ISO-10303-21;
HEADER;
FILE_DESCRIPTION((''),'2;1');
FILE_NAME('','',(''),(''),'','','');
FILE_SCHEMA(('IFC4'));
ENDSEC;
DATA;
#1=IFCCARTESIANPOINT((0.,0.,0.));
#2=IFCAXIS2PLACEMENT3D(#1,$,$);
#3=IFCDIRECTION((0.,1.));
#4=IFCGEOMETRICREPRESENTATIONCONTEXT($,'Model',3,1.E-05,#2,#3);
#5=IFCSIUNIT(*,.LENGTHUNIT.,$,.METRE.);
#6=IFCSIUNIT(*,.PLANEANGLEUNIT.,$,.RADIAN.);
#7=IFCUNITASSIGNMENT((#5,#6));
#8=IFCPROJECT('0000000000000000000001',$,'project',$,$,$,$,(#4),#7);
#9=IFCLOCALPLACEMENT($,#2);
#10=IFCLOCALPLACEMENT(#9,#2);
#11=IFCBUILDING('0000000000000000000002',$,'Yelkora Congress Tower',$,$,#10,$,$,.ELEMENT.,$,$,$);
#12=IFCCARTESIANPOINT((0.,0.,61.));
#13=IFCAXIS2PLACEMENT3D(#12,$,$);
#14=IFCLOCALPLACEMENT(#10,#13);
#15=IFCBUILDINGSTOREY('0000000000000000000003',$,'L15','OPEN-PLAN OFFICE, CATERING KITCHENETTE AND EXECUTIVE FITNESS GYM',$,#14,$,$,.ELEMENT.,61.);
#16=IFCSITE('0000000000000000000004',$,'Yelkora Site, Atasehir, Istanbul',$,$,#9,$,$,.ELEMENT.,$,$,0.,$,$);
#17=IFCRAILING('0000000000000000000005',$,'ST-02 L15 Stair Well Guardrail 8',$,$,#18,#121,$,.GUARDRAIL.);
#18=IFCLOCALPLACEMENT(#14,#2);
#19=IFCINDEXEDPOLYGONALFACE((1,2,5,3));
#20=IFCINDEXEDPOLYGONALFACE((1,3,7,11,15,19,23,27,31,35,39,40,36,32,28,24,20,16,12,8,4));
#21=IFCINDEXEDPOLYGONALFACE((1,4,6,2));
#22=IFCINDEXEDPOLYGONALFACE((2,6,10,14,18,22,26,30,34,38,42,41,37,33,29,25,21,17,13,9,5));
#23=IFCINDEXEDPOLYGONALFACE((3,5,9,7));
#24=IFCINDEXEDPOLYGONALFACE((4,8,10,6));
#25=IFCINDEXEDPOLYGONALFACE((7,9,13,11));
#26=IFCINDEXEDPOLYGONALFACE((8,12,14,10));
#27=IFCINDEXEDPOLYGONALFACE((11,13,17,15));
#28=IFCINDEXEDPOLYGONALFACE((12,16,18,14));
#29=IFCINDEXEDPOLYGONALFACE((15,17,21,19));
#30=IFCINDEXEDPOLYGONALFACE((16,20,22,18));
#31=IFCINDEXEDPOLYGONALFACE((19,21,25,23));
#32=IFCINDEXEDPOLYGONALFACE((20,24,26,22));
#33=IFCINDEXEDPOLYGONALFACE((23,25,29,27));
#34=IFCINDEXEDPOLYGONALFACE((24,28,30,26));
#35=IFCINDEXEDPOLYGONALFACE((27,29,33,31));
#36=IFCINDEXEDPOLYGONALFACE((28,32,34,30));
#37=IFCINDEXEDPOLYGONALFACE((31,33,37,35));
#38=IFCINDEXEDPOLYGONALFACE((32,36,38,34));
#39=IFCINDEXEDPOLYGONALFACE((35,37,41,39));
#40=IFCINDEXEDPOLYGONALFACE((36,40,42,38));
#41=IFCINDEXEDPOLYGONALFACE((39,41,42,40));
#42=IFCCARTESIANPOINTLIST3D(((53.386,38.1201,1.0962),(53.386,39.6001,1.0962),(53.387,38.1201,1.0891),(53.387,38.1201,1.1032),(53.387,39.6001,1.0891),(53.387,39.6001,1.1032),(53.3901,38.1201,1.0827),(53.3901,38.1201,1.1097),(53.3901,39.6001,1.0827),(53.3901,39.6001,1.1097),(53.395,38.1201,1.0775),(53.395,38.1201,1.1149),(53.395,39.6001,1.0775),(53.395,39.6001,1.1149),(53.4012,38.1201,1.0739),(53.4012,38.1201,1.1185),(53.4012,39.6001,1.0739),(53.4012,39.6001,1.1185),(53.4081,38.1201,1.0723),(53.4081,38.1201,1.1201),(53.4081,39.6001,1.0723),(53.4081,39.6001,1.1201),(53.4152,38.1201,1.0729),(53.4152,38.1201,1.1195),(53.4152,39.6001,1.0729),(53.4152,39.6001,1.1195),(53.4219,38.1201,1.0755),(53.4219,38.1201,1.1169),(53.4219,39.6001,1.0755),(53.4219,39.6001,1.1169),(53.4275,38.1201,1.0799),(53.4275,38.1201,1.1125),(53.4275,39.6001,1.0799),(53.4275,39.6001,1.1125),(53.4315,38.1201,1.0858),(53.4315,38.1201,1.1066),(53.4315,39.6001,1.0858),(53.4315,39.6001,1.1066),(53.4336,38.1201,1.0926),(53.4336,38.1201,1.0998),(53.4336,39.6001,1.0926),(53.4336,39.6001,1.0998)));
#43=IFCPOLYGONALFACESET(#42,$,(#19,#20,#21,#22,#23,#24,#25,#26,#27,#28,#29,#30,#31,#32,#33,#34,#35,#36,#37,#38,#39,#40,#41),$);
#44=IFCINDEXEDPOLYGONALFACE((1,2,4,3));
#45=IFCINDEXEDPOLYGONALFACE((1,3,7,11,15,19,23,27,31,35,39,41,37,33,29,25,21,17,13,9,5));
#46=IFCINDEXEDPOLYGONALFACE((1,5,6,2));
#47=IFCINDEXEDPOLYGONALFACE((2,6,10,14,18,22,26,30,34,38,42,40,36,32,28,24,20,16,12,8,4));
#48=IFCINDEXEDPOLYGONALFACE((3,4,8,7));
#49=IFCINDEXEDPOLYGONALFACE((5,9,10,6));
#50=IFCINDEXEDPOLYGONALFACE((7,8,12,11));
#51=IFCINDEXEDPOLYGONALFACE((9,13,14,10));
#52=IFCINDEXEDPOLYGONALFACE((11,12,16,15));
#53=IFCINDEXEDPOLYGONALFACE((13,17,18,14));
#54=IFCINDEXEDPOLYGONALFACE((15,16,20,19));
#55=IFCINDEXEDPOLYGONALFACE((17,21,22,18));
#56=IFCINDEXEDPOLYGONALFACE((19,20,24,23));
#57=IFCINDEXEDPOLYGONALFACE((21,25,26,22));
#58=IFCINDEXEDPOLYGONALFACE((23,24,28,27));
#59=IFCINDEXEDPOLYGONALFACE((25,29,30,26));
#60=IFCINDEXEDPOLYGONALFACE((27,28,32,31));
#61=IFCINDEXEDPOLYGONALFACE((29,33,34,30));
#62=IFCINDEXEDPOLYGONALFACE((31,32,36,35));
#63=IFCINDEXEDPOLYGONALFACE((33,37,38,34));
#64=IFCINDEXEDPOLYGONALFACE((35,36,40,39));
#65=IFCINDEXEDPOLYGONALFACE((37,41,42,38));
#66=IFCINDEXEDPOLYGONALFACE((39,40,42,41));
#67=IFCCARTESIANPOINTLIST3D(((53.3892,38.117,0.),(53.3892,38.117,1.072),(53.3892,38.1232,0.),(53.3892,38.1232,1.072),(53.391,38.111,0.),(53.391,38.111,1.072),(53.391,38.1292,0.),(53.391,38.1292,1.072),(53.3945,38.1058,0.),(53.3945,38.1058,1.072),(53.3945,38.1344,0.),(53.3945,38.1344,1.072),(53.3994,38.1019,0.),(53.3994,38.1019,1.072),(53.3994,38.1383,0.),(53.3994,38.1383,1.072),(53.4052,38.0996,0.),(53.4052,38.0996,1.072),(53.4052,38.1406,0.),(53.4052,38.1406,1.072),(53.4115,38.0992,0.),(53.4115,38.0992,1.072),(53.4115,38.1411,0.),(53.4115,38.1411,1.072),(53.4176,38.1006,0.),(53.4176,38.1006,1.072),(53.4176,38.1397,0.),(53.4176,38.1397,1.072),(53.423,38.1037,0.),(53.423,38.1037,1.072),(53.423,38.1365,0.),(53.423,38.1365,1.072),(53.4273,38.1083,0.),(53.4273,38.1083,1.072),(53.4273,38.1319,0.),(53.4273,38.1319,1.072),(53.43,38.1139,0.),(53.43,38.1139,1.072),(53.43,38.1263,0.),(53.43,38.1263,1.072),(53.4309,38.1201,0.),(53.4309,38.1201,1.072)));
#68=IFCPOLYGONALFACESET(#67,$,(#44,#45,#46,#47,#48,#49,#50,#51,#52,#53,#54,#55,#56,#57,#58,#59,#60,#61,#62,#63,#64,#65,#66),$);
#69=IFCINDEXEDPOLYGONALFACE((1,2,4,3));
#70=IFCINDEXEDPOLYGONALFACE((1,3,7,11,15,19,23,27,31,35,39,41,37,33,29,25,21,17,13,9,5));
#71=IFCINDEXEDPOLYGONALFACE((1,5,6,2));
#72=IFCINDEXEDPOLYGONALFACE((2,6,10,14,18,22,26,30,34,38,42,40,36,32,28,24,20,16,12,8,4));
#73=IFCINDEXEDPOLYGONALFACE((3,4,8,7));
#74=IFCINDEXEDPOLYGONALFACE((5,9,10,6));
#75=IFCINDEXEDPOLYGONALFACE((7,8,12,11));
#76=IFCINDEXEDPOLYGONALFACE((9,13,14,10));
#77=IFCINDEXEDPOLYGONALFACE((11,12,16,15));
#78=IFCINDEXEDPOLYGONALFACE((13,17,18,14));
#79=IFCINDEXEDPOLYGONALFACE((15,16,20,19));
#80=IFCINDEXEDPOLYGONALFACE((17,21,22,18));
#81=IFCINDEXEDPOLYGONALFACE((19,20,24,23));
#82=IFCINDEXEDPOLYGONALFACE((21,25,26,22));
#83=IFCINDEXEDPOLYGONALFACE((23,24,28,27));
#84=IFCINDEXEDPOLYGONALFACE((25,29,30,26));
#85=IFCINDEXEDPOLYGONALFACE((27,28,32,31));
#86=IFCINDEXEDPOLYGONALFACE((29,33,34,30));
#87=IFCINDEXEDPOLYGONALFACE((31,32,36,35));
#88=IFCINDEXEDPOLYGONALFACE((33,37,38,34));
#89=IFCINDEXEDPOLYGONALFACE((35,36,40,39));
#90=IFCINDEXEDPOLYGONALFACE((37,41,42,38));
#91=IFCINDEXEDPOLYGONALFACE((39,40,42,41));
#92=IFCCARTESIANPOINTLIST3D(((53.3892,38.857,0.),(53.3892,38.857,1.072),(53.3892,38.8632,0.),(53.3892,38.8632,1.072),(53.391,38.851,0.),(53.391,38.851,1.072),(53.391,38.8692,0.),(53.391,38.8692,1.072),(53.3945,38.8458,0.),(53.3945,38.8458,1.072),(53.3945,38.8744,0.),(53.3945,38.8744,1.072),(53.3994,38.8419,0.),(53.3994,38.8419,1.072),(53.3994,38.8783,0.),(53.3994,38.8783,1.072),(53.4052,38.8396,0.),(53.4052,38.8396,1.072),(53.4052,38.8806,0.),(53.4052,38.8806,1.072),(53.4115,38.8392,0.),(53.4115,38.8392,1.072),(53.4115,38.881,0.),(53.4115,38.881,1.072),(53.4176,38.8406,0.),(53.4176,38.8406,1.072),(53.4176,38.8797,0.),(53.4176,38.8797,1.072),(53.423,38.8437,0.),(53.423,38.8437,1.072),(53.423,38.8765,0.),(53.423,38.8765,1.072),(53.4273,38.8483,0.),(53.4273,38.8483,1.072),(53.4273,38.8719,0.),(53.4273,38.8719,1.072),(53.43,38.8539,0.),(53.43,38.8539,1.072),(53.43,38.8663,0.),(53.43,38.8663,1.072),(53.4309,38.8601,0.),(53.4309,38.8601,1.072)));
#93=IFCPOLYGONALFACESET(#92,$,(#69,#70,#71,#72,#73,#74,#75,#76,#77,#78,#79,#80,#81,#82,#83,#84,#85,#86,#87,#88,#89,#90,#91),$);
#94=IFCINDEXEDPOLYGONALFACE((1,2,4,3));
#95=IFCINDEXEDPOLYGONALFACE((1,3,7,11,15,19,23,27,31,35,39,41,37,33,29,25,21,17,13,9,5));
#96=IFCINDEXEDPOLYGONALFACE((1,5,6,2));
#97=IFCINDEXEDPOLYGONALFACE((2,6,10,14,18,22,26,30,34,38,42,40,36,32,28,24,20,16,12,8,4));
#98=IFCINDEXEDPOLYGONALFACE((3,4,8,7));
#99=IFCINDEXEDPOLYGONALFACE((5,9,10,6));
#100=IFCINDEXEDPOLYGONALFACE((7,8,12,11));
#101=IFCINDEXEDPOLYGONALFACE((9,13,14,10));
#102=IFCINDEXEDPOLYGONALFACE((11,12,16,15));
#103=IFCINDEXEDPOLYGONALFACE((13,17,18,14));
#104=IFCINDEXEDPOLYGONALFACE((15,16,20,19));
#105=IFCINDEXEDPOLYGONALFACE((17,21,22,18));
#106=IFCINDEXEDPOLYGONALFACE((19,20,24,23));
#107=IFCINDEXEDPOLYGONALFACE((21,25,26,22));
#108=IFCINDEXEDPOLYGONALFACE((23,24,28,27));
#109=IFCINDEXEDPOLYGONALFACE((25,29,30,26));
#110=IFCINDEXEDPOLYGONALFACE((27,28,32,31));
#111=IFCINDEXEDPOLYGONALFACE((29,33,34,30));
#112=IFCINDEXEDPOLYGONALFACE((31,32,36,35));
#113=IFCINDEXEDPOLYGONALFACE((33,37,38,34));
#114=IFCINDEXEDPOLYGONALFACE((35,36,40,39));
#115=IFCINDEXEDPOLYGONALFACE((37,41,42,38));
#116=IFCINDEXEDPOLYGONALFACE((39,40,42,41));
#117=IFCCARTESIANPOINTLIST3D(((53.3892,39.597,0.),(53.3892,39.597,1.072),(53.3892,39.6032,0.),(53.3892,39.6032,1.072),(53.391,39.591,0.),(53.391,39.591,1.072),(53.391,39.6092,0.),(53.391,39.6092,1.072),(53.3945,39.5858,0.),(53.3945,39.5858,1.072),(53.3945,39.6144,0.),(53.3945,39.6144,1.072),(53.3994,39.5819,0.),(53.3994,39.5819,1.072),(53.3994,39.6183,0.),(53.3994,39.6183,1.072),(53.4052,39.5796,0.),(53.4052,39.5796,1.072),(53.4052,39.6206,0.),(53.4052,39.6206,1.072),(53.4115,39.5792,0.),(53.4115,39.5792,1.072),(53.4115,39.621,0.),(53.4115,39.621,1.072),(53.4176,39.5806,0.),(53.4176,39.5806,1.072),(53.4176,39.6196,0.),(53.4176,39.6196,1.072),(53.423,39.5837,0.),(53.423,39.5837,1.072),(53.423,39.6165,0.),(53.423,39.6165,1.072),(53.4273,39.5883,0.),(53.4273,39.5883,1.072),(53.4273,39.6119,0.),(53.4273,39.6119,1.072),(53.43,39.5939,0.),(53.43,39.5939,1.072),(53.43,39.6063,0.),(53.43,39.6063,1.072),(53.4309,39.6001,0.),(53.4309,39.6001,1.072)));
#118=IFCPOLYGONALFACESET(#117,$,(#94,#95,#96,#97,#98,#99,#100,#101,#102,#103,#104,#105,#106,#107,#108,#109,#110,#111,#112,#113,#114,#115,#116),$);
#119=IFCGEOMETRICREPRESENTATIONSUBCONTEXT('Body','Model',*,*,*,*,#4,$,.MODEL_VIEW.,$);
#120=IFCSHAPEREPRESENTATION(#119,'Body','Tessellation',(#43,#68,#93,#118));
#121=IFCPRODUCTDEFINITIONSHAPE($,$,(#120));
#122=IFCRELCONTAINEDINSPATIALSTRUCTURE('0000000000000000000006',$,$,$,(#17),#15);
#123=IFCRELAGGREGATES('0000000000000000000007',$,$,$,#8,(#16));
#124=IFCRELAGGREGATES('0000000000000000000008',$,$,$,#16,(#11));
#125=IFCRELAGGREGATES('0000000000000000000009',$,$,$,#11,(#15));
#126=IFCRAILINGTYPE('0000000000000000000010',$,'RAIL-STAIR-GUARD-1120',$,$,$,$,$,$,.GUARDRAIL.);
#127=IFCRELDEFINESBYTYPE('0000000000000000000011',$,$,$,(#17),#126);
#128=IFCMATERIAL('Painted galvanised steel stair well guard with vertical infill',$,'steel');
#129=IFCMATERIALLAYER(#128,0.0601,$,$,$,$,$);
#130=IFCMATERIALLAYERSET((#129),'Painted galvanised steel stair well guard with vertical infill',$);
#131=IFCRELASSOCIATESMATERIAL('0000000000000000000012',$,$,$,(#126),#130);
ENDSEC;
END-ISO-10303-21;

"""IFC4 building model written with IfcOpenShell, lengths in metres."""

from ifc_helpers import new_model, si_unit, direction, frame, origin, origin_2d, place, context, subcontext, project, spatial, circle, extrude, material, layer, layer_set, type_object, element, save


model = new_model("IFC4")

# Units and contexts
model_context = context("Model", 3, precision=1e-05, world=origin(), true_north=direction((0.0, 1.0)))
body_context = subcontext(model_context, "Body", "Model", "MODEL_VIEW")
ifc_project = project(units=[si_unit("LENGTHUNIT", "METRE"), si_unit("PLANEANGLEUNIT", "RADIAN")], contexts=[model_context])

# Site, building, storey
site_placement = place(None, origin())
site = spatial("IfcSite", under=ifc_project, at=site_placement, Name="Yelkora Site, Atasehir, Istanbul", CompositionType="ELEMENT", RefElevation=0.0)
building_placement = place(site_placement, origin())
building = spatial("IfcBuilding", under=site, at=building_placement, Name="Yelkora Congress Tower", CompositionType="ELEMENT")
storey_placement = place(building_placement, frame((0.0, 0.0, 61.0)))
storey = spatial("IfcBuildingStorey", under=building, at=storey_placement, Name="L15", Description="OPEN-PLAN OFFICE, CATERING KITCHENETTE AND EXECUTIVE FITNESS GYM", CompositionType="ELEMENT", Elevation=61.0)

# Railing
ifc_material_1 = material(Name="Painted galvanised steel stair well guard with vertical infill", Category="steel")
ifc_layer_1 = layer(ifc_material_1, 0.0601)
ifc_layer_set_1 = layer_set([ifc_layer_1], Name="Painted galvanised steel stair well guard with vertical infill")
railing_type_1 = type_object("IfcRailingType", Name="RAIL-STAIR-GUARD-1120", PredefinedType="GUARDRAIL", material=ifc_layer_set_1)
railing_1_placement = place(storey_placement, frame((53.4099, 38.1201, 0.0)))
element("IfcRailing", 1, at=railing_1_placement, inside=storey, type_object=railing_type_1, Name="ST-02 L15 Stair Well Guardrail 8", PredefinedType="GUARDRAIL", context=body_context, shape_type="SweptSolid", body=[
    extrude(circle(Radius=0.0239, at=origin_2d()), frame((0.0, 0.0, 1.0962), z_axis=(0.0, 1.0, 0.0), x_axis=(-1.0, 0.0, 0.0)), (0.0, 0.0, 1.0), 1.48),
    extrude(circle(Radius=0.021, at=origin_2d()), origin(), (0.0, 0.0, 1.0), 1.072),
    extrude(circle(Radius=0.021, at=origin_2d()), frame((0.0, 0.74, 0.0)), (0.0, 0.0, 1.0), 1.072),
    extrude(circle(Radius=0.021, at=origin_2d()), frame((0.0, 1.48, 0.0)), (0.0, 0.0, 1.0), 1.072),
])

save(model, "model.ifc")
